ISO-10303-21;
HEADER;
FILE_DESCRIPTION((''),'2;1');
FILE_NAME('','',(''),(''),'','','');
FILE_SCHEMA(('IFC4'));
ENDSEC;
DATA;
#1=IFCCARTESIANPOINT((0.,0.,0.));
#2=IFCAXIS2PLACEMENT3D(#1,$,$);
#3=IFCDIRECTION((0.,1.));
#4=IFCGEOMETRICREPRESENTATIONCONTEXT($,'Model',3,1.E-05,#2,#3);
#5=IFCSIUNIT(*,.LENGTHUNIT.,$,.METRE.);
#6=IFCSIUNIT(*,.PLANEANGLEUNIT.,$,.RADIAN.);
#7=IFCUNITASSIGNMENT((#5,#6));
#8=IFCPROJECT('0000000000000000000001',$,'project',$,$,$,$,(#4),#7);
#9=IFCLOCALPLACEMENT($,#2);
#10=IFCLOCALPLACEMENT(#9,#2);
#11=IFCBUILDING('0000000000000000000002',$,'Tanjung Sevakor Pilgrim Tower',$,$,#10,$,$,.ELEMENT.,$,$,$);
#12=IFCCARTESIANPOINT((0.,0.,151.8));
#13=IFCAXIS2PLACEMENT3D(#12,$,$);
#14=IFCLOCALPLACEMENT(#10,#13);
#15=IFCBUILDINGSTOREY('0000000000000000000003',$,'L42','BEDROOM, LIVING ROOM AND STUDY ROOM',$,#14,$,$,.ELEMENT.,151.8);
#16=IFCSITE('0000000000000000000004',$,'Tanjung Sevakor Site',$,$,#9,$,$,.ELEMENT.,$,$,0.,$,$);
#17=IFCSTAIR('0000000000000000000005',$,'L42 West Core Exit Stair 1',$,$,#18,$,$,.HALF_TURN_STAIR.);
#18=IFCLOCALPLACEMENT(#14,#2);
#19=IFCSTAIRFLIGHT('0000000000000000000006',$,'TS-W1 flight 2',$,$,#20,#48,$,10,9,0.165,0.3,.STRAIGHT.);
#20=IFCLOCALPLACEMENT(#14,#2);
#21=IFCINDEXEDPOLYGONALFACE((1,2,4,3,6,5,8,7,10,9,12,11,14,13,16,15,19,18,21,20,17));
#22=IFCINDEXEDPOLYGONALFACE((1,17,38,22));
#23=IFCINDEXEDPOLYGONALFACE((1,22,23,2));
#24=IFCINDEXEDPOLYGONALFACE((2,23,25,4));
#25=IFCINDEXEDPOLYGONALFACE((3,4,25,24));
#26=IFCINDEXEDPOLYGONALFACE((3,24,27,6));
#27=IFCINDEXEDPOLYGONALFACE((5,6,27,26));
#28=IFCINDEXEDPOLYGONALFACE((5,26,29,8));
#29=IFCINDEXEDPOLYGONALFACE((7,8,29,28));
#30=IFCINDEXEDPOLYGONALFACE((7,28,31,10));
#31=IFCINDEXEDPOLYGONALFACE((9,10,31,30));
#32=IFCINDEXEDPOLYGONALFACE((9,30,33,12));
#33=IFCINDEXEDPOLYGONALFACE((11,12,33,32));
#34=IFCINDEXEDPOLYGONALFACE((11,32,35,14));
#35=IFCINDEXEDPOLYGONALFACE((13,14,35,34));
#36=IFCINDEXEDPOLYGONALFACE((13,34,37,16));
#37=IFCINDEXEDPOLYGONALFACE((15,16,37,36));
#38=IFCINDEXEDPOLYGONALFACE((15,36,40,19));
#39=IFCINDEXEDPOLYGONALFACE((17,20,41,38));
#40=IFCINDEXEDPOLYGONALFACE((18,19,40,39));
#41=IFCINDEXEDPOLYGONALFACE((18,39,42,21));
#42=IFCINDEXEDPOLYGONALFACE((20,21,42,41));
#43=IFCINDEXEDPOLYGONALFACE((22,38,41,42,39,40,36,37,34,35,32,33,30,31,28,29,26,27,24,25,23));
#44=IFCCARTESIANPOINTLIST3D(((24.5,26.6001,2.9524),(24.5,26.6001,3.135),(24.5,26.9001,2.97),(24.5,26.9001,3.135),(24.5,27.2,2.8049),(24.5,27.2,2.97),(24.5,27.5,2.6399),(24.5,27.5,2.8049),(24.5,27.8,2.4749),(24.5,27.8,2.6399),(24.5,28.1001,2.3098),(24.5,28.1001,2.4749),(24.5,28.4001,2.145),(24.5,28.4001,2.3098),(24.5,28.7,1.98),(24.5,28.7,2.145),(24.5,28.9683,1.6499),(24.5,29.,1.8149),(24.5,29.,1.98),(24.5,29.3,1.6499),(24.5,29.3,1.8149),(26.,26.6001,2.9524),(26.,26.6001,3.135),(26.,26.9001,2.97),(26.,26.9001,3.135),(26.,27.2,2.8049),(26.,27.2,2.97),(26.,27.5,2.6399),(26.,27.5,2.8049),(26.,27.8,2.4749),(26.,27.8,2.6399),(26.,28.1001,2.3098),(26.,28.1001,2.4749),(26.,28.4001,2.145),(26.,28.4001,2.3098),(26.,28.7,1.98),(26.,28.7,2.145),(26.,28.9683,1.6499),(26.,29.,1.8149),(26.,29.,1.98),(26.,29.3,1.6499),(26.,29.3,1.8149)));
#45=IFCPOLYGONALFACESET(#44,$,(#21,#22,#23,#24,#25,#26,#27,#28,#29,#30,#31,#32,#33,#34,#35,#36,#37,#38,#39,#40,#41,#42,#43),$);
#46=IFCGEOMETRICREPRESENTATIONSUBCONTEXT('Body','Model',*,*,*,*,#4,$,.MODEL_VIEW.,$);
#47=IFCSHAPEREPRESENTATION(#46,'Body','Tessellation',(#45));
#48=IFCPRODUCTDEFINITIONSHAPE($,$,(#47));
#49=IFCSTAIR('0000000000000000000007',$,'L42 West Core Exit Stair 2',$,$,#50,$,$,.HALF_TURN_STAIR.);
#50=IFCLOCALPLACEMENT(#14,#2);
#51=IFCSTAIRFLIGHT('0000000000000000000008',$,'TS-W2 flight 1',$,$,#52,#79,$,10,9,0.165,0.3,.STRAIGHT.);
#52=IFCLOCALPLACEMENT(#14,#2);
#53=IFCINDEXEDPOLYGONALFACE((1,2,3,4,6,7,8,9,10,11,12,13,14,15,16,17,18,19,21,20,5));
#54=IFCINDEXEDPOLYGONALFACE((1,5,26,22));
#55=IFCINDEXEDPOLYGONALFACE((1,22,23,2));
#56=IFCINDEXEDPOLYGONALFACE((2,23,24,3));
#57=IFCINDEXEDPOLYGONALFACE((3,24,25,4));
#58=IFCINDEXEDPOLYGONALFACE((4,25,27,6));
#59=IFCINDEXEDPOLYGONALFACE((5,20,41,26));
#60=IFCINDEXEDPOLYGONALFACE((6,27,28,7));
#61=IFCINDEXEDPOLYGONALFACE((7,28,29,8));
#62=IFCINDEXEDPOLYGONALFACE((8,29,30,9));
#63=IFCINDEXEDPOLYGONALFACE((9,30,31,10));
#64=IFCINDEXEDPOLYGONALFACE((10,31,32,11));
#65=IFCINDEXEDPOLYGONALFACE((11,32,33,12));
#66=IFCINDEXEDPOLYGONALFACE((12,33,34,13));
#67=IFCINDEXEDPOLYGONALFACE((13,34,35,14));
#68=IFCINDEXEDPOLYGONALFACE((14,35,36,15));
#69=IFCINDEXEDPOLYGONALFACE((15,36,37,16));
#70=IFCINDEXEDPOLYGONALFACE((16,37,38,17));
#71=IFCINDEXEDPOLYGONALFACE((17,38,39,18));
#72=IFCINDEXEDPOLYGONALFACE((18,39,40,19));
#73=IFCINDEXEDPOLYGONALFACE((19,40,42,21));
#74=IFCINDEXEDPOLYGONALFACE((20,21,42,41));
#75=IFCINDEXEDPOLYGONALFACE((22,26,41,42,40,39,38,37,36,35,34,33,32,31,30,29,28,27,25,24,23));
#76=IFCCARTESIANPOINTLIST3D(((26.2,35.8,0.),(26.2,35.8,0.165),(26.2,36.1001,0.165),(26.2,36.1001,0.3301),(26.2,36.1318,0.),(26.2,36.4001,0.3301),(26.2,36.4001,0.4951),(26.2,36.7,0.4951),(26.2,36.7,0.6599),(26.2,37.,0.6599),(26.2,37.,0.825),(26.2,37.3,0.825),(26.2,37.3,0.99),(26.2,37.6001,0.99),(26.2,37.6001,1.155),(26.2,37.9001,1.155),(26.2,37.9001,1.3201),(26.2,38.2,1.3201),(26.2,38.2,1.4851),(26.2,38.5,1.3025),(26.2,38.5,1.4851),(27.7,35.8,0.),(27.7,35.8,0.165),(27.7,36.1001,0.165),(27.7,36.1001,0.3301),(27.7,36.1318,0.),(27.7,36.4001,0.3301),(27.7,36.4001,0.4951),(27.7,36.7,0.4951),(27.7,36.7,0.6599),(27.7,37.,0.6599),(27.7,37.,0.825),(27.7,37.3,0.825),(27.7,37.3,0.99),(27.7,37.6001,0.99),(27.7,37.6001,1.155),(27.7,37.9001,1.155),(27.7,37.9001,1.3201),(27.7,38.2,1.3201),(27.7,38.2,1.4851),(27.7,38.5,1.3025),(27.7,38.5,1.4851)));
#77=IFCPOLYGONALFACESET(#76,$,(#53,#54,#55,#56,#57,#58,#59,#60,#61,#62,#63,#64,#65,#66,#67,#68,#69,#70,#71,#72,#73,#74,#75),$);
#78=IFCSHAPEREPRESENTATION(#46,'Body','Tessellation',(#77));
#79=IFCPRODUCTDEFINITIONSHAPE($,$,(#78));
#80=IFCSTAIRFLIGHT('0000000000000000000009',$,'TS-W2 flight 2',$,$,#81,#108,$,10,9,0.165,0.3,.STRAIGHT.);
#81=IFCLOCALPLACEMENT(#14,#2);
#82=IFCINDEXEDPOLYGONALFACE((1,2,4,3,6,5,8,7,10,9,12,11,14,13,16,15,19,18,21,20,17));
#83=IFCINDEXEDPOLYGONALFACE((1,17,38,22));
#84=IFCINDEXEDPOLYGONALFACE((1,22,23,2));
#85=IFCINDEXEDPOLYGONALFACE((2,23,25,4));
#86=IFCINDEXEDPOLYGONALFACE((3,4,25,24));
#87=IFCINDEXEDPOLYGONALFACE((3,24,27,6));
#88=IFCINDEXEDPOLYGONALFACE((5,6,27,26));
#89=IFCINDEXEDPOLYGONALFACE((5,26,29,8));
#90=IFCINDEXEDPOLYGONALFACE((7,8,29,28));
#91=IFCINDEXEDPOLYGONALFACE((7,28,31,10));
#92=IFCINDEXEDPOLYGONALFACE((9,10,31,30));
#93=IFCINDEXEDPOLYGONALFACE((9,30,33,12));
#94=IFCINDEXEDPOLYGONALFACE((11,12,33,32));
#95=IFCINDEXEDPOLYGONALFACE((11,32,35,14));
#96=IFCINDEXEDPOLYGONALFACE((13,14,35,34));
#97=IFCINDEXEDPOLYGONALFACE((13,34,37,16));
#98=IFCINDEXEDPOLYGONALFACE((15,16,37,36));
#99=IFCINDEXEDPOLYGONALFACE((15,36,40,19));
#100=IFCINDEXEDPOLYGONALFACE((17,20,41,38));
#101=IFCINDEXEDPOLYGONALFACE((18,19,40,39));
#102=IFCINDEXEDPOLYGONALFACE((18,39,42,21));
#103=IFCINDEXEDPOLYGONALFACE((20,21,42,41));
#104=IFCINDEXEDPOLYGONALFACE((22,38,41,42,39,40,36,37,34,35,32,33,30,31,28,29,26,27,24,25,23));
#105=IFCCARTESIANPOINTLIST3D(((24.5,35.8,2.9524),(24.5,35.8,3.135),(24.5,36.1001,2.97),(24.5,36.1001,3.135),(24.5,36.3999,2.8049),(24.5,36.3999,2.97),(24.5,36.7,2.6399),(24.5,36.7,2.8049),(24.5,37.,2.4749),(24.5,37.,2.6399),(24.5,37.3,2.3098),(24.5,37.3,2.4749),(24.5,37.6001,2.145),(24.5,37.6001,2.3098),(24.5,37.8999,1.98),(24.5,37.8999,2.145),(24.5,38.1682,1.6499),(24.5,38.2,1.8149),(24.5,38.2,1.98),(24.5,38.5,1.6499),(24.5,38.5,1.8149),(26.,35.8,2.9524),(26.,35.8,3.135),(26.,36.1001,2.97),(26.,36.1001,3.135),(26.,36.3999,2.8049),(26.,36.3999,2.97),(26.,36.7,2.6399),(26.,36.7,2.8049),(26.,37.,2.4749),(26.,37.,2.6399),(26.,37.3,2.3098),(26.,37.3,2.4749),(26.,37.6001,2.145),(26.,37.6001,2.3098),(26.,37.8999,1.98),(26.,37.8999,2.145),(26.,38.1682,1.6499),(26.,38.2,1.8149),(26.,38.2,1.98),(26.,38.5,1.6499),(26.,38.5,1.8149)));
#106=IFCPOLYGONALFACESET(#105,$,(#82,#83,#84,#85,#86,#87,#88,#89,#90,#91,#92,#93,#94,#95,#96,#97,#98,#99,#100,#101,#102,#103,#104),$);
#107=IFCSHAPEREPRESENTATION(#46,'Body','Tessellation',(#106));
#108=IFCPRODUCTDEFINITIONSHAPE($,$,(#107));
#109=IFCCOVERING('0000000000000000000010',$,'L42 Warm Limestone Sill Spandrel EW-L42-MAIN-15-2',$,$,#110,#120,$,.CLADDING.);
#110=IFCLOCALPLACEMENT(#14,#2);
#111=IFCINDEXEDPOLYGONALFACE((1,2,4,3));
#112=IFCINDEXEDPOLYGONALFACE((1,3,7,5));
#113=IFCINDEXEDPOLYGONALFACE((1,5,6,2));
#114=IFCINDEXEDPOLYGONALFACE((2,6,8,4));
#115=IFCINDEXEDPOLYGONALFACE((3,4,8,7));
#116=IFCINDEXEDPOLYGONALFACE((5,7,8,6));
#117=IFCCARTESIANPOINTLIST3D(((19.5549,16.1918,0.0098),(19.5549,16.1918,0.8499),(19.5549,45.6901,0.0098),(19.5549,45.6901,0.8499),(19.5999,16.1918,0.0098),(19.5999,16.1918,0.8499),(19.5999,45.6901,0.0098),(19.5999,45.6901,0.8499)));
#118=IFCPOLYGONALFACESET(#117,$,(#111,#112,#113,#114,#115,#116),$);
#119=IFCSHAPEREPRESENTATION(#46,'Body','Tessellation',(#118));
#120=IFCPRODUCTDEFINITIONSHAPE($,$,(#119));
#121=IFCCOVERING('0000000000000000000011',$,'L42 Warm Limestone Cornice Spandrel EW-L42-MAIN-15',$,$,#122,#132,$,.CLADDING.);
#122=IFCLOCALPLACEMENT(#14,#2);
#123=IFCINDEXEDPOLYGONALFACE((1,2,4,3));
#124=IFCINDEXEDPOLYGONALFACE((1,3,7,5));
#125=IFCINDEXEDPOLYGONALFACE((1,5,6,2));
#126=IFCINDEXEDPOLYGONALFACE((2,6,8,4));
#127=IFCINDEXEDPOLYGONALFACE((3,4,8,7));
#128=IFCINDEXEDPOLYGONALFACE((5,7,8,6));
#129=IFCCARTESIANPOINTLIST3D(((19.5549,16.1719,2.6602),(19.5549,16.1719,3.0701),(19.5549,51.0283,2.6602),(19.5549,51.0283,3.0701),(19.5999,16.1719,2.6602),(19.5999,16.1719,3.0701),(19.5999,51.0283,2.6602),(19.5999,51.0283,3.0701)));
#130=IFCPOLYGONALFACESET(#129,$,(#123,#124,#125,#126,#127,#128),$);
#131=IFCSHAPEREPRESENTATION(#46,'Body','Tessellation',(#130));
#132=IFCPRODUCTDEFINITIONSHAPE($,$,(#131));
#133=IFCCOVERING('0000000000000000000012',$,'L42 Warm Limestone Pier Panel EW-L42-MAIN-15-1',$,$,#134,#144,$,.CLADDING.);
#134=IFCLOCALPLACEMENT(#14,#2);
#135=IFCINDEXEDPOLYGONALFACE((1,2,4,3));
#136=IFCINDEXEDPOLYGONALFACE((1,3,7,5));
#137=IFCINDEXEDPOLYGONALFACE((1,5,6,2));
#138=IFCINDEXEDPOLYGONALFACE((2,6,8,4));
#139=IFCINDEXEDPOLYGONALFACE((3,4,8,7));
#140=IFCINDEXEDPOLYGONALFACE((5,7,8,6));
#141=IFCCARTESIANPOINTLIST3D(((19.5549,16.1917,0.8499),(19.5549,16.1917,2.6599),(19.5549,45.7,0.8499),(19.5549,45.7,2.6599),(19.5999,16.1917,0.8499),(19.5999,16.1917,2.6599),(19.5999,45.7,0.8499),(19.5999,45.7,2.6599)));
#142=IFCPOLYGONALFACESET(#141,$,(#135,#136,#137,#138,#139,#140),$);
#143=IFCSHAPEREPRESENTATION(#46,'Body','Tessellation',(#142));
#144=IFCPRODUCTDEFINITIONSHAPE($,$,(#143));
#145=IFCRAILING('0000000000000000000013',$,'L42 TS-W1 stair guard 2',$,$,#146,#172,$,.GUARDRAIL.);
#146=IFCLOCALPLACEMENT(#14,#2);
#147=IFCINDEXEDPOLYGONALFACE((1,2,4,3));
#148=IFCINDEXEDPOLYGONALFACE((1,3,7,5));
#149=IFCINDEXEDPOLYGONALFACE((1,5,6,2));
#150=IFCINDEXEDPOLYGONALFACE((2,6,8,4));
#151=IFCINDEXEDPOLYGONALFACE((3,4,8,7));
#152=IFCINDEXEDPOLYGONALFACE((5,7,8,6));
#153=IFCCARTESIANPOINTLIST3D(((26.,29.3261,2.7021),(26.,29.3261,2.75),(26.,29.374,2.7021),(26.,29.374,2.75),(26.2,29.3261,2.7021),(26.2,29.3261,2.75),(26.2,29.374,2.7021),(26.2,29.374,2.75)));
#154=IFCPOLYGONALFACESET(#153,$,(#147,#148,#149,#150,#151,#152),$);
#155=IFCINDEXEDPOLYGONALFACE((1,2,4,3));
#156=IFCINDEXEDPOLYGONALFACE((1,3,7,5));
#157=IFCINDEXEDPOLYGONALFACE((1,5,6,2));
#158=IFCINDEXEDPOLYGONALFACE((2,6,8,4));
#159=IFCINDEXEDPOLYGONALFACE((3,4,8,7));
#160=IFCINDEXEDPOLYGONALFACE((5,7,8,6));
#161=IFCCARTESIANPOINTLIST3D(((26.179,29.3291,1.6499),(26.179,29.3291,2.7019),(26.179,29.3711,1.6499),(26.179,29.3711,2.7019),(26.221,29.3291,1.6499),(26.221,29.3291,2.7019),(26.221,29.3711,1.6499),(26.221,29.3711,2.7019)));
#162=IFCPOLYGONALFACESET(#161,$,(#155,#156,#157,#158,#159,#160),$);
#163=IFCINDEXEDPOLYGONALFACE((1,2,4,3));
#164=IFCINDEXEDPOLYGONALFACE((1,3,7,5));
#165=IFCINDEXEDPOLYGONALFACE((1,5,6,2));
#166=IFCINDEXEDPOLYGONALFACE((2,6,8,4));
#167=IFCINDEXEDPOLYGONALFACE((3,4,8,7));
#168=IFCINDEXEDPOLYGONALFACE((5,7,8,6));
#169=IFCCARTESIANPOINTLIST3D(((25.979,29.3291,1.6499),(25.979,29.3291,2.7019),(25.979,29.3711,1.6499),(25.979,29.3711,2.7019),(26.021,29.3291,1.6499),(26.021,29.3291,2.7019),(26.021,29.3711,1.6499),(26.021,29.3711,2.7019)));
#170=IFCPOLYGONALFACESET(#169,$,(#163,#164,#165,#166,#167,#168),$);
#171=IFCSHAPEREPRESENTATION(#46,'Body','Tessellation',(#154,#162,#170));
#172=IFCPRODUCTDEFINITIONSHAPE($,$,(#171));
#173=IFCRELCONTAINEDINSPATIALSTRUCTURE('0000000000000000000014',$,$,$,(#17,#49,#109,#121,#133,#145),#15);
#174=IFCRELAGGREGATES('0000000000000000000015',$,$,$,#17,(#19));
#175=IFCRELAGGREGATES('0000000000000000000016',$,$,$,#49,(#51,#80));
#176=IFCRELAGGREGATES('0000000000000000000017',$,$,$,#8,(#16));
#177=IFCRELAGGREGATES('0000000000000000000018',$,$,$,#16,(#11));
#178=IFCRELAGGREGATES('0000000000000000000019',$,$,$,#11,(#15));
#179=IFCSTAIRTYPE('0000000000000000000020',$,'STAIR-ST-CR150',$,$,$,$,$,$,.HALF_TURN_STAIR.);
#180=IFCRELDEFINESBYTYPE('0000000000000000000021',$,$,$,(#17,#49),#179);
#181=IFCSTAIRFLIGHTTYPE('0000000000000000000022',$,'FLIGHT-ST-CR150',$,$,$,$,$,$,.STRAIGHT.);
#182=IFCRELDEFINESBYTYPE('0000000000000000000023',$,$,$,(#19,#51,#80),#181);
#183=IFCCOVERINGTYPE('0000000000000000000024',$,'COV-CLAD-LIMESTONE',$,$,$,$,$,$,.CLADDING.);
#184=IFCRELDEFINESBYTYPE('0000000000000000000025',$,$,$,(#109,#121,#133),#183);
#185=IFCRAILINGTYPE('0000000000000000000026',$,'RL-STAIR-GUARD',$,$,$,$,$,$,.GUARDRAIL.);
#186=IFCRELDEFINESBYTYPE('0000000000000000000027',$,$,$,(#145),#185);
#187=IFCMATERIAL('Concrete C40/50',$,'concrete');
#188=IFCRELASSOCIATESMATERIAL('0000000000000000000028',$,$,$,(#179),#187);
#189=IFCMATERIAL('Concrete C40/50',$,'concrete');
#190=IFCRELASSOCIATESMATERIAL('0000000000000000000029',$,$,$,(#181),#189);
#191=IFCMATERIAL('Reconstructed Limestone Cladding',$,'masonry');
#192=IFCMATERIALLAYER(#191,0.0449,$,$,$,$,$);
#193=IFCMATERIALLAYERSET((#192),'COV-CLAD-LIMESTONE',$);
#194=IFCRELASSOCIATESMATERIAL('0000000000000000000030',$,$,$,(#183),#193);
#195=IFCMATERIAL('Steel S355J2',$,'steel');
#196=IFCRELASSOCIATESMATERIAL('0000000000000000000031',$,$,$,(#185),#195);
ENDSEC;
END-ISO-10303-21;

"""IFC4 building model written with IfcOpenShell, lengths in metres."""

from ifc_helpers import new_model, si_unit, direction, frame, origin, origin_2d, place, context, subcontext, project, spatial, polyline, rectangle, outline, extrude, material, layer, layer_set, type_object, element, aggregate, save


model = new_model("IFC4")

# Units and contexts
model_context = context("Model", 3, precision=1e-05, world=origin(), true_north=direction((0.0, 1.0)))
body_context = subcontext(model_context, "Body", "Model", "MODEL_VIEW")
ifc_project = project(units=[si_unit("LENGTHUNIT", "METRE"), si_unit("PLANEANGLEUNIT", "RADIAN")], contexts=[model_context])

# Site, building, storey
site_placement = place(None, origin())
site = spatial("IfcSite", under=ifc_project, at=site_placement, Name="Tanjung Sevakor Site", CompositionType="ELEMENT", RefElevation=0.0)
building_placement = place(site_placement, origin())
building = spatial("IfcBuilding", under=site, at=building_placement, Name="Tanjung Sevakor Pilgrim Tower", CompositionType="ELEMENT")
storey_placement = place(building_placement, frame((0.0, 0.0, 151.8)))
storey = spatial("IfcBuildingStorey", under=building, at=storey_placement, Name="L42", Description="BEDROOM, LIVING ROOM AND STUDY ROOM", CompositionType="ELEMENT", Elevation=151.8)

# Stair, stair flight
ifc_material_1 = material(Name="Concrete C40/50", Category="concrete")
stair_type = type_object("IfcStairType", Name="STAIR-ST-CR150", PredefinedType="HALF_TURN_STAIR", material=ifc_material_1)
stair_1_placement = place(storey_placement, origin())
stair_1 = element("IfcStair", 1, at=stair_1_placement, inside=storey, type_object=stair_type, Name="L42 West Core Exit Stair 1", PredefinedType="HALF_TURN_STAIR")
ifc_material_2 = material(Name="Concrete C40/50", Category="concrete")
stair_flight_type = type_object("IfcStairFlightType", Name="FLIGHT-ST-CR150", PredefinedType="STRAIGHT", material=ifc_material_2)
stair_flight_1_placement = place(storey_placement, frame((25.25, 29.3, 1.6499), z_axis=(0.0, 0.0, 1.0), x_axis=(0.0, -1.0, 0.0)))
stair_flight_1 = element("IfcStairFlight", 2, at=stair_flight_1_placement, type_object=stair_flight_type, Name="TS-W1 flight 2", NumberOfRisers=10, NumberOfTreads=9, PredefinedType="STRAIGHT", RiserHeight=0.165, TreadLength=0.3, context=body_context, shape_type="SweptSolid", body=[
    extrude(outline(polyline([(0.0, 0.0), (0.0, 0.165), (0.3, 0.165), (0.3, 0.3301), (0.6001, 0.3301), (0.6001, 0.4951), (0.8999, 0.4951), (0.8999, 0.6599), (1.2, 0.6599), (1.2, 0.825), (1.5, 0.825), (1.5, 0.99), (1.8, 0.99), (1.8, 1.155), (2.1001, 1.155), (2.1001, 1.3201), (2.3999, 1.3201), (2.3999, 1.4851), (2.7, 1.4851), (2.7, 1.6499), (2.7, 1.3025), (0.3318, 0.0), (0.0, 0.0)])), frame((0.0, 0.75, 0.0), z_axis=(0.0, -1.0, 0.0), x_axis=(1.0, 0.0, 0.0)), (0.0, 0.0, 1.0), 1.5),
])
aggregate(stair_1, [stair_flight_1])

# Stair, stair flights
stair_2_placement = place(storey_placement, origin())
stair_2 = element("IfcStair", 3, at=stair_2_placement, inside=storey, type_object=stair_type, Name="L42 West Core Exit Stair 2", PredefinedType="HALF_TURN_STAIR")
stair_flight_2_placement = place(storey_placement, frame((26.95, 35.8, 0.0), z_axis=(0.0, 0.0, 1.0), x_axis=(0.0, 1.0, 0.0)))
stair_flight_2 = element("IfcStairFlight", 4, at=stair_flight_2_placement, type_object=stair_flight_type, Name="TS-W2 flight 1", NumberOfRisers=10, NumberOfTreads=9, PredefinedType="STRAIGHT", RiserHeight=0.165, TreadLength=0.3, context=body_context, shape_type="SweptSolid", body=[
    extrude(outline(polyline([(0.0, 0.0), (0.0, 0.165), (0.3, 0.165), (0.3, 0.3301), (0.6001, 0.3301), (0.6001, 0.4951), (0.8999, 0.4951), (0.8999, 0.6599), (1.2, 0.6599), (1.2, 0.825), (1.5, 0.825), (1.5, 0.99), (1.8, 0.99), (1.8, 1.155), (2.1001, 1.155), (2.1001, 1.3201), (2.3999, 1.3201), (2.3999, 1.4851), (2.7, 1.4851), (2.7, 1.6499), (2.7, 1.3025), (0.3318, 0.0), (0.0, 0.0)])), frame((0.0, 0.75, 0.0), z_axis=(0.0, -1.0, 0.0), x_axis=(1.0, 0.0, 0.0)), (0.0, 0.0, 1.0), 1.5),
])
stair_flight_3_placement = place(storey_placement, frame((25.25, 38.5, 1.6499), z_axis=(0.0, 0.0, 1.0), x_axis=(0.0, -1.0, 0.0)))
stair_flight_3 = element("IfcStairFlight", 5, at=stair_flight_3_placement, type_object=stair_flight_type, Name="TS-W2 flight 2", NumberOfRisers=10, NumberOfTreads=9, PredefinedType="STRAIGHT", RiserHeight=0.165, TreadLength=0.3, context=body_context, shape_type="SweptSolid", body=[
    extrude(outline(polyline([(0.0, 0.0), (0.0, 0.165), (0.3, 0.165), (0.3, 0.3301), (0.6001, 0.3301), (0.6001, 0.4951), (0.8999, 0.4951), (0.8999, 0.6599), (1.2, 0.6599), (1.2, 0.825), (1.5, 0.825), (1.5, 0.99), (1.8, 0.99), (1.8, 1.155), (2.1001, 1.155), (2.1001, 1.3201), (2.3999, 1.3201), (2.3999, 1.4851), (2.7, 1.4851), (2.7, 1.6499), (2.7, 1.3025), (0.3318, 0.0), (0.0, 0.0)])), frame((0.0, 0.75, 0.0), z_axis=(0.0, -1.0, 0.0), x_axis=(1.0, 0.0, 0.0)), (0.0, 0.0, 1.0), 1.5),
])
aggregate(stair_2, [stair_flight_2, stair_flight_3])

# Coverings
ifc_material_3 = material(Name="Reconstructed Limestone Cladding", Category="masonry")
ifc_layer_1 = layer(ifc_material_3, 0.0449)
ifc_layer_set_1 = layer_set([ifc_layer_1], Name="COV-CLAD-LIMESTONE")
covering_type = type_object("IfcCoveringType", Name="COV-CLAD-LIMESTONE", PredefinedType="CLADDING", material=ifc_layer_set_1)
covering_1_placement = place(storey_placement, frame((19.5774, 30.9409, 0.0098), z_axis=(0.0, 0.0, 1.0), x_axis=(0.0, -1.0, 0.0)))
element("IfcCovering", 6, at=covering_1_placement, inside=storey, type_object=covering_type, Name="L42 Warm Limestone Sill Spandrel EW-L42-MAIN-15-2", PredefinedType="CLADDING", context=body_context, shape_type="SweptSolid", body=[
    extrude(rectangle(XDim=29.4983, YDim=0.0449, at=origin_2d()), origin(), (0.0, 0.0, 1.0), 0.8401),
])
covering_2_placement = place(storey_placement, frame((19.5774, 33.6001, 2.6602), z_axis=(0.0, 0.0, 1.0), x_axis=(0.0, -1.0, 0.0)))
element("IfcCovering", 7, at=covering_2_placement, inside=storey, type_object=covering_type, Name="L42 Warm Limestone Cornice Spandrel EW-L42-MAIN-15", PredefinedType="CLADDING", context=body_context, shape_type="SweptSolid", body=[
    extrude(rectangle(XDim=34.8564, YDim=0.0449, at=origin_2d()), origin(), (0.0, 0.0, 1.0), 0.4099),
])
covering_3_placement = place(storey_placement, frame((19.5774, 30.9458, 0.8499), z_axis=(0.0, 0.0, 1.0), x_axis=(0.0, -1.0, 0.0)))
element("IfcCovering", 8, at=covering_3_placement, inside=storey, type_object=covering_type, Name="L42 Warm Limestone Pier Panel EW-L42-MAIN-15-1", PredefinedType="CLADDING", context=body_context, shape_type="SweptSolid", body=[
    extrude(rectangle(XDim=29.5083, YDim=0.0449, at=origin_2d()), origin(), (0.0, 0.0, 1.0), 1.8101),
])

# Railing
ifc_material_4 = material(Name="Steel S355J2", Category="steel")
railing_type_1 = type_object("IfcRailingType", Name="RL-STAIR-GUARD", PredefinedType="GUARDRAIL", material=ifc_material_4)
railing_1_placement = place(storey_placement, frame((26.2, 29.3501, 1.6499)))
element("IfcRailing", 9, at=railing_1_placement, inside=storey, type_object=railing_type_1, Name="L42 TS-W1 stair guard 2", PredefinedType="GUARDRAIL", context=body_context, shape_type="SweptSolid", body=[
    extrude(rectangle(XDim=0.0479, YDim=0.0479), frame((0.0, 0.0, 1.0762), z_axis=(-1.0, 0.0, 0.0), x_axis=(0.0, -1.0, 0.0)), (0.0, 0.0, 1.0), 0.2),
    extrude(rectangle(XDim=0.042, YDim=0.042), origin(), (0.0, 0.0, 1.0), 1.052),
    extrude(rectangle(XDim=0.042, YDim=0.042), frame((-0.2, 0.0, 0.0)), (0.0, 0.0, 1.0), 1.052),
])

save(model, "model.ifc")
